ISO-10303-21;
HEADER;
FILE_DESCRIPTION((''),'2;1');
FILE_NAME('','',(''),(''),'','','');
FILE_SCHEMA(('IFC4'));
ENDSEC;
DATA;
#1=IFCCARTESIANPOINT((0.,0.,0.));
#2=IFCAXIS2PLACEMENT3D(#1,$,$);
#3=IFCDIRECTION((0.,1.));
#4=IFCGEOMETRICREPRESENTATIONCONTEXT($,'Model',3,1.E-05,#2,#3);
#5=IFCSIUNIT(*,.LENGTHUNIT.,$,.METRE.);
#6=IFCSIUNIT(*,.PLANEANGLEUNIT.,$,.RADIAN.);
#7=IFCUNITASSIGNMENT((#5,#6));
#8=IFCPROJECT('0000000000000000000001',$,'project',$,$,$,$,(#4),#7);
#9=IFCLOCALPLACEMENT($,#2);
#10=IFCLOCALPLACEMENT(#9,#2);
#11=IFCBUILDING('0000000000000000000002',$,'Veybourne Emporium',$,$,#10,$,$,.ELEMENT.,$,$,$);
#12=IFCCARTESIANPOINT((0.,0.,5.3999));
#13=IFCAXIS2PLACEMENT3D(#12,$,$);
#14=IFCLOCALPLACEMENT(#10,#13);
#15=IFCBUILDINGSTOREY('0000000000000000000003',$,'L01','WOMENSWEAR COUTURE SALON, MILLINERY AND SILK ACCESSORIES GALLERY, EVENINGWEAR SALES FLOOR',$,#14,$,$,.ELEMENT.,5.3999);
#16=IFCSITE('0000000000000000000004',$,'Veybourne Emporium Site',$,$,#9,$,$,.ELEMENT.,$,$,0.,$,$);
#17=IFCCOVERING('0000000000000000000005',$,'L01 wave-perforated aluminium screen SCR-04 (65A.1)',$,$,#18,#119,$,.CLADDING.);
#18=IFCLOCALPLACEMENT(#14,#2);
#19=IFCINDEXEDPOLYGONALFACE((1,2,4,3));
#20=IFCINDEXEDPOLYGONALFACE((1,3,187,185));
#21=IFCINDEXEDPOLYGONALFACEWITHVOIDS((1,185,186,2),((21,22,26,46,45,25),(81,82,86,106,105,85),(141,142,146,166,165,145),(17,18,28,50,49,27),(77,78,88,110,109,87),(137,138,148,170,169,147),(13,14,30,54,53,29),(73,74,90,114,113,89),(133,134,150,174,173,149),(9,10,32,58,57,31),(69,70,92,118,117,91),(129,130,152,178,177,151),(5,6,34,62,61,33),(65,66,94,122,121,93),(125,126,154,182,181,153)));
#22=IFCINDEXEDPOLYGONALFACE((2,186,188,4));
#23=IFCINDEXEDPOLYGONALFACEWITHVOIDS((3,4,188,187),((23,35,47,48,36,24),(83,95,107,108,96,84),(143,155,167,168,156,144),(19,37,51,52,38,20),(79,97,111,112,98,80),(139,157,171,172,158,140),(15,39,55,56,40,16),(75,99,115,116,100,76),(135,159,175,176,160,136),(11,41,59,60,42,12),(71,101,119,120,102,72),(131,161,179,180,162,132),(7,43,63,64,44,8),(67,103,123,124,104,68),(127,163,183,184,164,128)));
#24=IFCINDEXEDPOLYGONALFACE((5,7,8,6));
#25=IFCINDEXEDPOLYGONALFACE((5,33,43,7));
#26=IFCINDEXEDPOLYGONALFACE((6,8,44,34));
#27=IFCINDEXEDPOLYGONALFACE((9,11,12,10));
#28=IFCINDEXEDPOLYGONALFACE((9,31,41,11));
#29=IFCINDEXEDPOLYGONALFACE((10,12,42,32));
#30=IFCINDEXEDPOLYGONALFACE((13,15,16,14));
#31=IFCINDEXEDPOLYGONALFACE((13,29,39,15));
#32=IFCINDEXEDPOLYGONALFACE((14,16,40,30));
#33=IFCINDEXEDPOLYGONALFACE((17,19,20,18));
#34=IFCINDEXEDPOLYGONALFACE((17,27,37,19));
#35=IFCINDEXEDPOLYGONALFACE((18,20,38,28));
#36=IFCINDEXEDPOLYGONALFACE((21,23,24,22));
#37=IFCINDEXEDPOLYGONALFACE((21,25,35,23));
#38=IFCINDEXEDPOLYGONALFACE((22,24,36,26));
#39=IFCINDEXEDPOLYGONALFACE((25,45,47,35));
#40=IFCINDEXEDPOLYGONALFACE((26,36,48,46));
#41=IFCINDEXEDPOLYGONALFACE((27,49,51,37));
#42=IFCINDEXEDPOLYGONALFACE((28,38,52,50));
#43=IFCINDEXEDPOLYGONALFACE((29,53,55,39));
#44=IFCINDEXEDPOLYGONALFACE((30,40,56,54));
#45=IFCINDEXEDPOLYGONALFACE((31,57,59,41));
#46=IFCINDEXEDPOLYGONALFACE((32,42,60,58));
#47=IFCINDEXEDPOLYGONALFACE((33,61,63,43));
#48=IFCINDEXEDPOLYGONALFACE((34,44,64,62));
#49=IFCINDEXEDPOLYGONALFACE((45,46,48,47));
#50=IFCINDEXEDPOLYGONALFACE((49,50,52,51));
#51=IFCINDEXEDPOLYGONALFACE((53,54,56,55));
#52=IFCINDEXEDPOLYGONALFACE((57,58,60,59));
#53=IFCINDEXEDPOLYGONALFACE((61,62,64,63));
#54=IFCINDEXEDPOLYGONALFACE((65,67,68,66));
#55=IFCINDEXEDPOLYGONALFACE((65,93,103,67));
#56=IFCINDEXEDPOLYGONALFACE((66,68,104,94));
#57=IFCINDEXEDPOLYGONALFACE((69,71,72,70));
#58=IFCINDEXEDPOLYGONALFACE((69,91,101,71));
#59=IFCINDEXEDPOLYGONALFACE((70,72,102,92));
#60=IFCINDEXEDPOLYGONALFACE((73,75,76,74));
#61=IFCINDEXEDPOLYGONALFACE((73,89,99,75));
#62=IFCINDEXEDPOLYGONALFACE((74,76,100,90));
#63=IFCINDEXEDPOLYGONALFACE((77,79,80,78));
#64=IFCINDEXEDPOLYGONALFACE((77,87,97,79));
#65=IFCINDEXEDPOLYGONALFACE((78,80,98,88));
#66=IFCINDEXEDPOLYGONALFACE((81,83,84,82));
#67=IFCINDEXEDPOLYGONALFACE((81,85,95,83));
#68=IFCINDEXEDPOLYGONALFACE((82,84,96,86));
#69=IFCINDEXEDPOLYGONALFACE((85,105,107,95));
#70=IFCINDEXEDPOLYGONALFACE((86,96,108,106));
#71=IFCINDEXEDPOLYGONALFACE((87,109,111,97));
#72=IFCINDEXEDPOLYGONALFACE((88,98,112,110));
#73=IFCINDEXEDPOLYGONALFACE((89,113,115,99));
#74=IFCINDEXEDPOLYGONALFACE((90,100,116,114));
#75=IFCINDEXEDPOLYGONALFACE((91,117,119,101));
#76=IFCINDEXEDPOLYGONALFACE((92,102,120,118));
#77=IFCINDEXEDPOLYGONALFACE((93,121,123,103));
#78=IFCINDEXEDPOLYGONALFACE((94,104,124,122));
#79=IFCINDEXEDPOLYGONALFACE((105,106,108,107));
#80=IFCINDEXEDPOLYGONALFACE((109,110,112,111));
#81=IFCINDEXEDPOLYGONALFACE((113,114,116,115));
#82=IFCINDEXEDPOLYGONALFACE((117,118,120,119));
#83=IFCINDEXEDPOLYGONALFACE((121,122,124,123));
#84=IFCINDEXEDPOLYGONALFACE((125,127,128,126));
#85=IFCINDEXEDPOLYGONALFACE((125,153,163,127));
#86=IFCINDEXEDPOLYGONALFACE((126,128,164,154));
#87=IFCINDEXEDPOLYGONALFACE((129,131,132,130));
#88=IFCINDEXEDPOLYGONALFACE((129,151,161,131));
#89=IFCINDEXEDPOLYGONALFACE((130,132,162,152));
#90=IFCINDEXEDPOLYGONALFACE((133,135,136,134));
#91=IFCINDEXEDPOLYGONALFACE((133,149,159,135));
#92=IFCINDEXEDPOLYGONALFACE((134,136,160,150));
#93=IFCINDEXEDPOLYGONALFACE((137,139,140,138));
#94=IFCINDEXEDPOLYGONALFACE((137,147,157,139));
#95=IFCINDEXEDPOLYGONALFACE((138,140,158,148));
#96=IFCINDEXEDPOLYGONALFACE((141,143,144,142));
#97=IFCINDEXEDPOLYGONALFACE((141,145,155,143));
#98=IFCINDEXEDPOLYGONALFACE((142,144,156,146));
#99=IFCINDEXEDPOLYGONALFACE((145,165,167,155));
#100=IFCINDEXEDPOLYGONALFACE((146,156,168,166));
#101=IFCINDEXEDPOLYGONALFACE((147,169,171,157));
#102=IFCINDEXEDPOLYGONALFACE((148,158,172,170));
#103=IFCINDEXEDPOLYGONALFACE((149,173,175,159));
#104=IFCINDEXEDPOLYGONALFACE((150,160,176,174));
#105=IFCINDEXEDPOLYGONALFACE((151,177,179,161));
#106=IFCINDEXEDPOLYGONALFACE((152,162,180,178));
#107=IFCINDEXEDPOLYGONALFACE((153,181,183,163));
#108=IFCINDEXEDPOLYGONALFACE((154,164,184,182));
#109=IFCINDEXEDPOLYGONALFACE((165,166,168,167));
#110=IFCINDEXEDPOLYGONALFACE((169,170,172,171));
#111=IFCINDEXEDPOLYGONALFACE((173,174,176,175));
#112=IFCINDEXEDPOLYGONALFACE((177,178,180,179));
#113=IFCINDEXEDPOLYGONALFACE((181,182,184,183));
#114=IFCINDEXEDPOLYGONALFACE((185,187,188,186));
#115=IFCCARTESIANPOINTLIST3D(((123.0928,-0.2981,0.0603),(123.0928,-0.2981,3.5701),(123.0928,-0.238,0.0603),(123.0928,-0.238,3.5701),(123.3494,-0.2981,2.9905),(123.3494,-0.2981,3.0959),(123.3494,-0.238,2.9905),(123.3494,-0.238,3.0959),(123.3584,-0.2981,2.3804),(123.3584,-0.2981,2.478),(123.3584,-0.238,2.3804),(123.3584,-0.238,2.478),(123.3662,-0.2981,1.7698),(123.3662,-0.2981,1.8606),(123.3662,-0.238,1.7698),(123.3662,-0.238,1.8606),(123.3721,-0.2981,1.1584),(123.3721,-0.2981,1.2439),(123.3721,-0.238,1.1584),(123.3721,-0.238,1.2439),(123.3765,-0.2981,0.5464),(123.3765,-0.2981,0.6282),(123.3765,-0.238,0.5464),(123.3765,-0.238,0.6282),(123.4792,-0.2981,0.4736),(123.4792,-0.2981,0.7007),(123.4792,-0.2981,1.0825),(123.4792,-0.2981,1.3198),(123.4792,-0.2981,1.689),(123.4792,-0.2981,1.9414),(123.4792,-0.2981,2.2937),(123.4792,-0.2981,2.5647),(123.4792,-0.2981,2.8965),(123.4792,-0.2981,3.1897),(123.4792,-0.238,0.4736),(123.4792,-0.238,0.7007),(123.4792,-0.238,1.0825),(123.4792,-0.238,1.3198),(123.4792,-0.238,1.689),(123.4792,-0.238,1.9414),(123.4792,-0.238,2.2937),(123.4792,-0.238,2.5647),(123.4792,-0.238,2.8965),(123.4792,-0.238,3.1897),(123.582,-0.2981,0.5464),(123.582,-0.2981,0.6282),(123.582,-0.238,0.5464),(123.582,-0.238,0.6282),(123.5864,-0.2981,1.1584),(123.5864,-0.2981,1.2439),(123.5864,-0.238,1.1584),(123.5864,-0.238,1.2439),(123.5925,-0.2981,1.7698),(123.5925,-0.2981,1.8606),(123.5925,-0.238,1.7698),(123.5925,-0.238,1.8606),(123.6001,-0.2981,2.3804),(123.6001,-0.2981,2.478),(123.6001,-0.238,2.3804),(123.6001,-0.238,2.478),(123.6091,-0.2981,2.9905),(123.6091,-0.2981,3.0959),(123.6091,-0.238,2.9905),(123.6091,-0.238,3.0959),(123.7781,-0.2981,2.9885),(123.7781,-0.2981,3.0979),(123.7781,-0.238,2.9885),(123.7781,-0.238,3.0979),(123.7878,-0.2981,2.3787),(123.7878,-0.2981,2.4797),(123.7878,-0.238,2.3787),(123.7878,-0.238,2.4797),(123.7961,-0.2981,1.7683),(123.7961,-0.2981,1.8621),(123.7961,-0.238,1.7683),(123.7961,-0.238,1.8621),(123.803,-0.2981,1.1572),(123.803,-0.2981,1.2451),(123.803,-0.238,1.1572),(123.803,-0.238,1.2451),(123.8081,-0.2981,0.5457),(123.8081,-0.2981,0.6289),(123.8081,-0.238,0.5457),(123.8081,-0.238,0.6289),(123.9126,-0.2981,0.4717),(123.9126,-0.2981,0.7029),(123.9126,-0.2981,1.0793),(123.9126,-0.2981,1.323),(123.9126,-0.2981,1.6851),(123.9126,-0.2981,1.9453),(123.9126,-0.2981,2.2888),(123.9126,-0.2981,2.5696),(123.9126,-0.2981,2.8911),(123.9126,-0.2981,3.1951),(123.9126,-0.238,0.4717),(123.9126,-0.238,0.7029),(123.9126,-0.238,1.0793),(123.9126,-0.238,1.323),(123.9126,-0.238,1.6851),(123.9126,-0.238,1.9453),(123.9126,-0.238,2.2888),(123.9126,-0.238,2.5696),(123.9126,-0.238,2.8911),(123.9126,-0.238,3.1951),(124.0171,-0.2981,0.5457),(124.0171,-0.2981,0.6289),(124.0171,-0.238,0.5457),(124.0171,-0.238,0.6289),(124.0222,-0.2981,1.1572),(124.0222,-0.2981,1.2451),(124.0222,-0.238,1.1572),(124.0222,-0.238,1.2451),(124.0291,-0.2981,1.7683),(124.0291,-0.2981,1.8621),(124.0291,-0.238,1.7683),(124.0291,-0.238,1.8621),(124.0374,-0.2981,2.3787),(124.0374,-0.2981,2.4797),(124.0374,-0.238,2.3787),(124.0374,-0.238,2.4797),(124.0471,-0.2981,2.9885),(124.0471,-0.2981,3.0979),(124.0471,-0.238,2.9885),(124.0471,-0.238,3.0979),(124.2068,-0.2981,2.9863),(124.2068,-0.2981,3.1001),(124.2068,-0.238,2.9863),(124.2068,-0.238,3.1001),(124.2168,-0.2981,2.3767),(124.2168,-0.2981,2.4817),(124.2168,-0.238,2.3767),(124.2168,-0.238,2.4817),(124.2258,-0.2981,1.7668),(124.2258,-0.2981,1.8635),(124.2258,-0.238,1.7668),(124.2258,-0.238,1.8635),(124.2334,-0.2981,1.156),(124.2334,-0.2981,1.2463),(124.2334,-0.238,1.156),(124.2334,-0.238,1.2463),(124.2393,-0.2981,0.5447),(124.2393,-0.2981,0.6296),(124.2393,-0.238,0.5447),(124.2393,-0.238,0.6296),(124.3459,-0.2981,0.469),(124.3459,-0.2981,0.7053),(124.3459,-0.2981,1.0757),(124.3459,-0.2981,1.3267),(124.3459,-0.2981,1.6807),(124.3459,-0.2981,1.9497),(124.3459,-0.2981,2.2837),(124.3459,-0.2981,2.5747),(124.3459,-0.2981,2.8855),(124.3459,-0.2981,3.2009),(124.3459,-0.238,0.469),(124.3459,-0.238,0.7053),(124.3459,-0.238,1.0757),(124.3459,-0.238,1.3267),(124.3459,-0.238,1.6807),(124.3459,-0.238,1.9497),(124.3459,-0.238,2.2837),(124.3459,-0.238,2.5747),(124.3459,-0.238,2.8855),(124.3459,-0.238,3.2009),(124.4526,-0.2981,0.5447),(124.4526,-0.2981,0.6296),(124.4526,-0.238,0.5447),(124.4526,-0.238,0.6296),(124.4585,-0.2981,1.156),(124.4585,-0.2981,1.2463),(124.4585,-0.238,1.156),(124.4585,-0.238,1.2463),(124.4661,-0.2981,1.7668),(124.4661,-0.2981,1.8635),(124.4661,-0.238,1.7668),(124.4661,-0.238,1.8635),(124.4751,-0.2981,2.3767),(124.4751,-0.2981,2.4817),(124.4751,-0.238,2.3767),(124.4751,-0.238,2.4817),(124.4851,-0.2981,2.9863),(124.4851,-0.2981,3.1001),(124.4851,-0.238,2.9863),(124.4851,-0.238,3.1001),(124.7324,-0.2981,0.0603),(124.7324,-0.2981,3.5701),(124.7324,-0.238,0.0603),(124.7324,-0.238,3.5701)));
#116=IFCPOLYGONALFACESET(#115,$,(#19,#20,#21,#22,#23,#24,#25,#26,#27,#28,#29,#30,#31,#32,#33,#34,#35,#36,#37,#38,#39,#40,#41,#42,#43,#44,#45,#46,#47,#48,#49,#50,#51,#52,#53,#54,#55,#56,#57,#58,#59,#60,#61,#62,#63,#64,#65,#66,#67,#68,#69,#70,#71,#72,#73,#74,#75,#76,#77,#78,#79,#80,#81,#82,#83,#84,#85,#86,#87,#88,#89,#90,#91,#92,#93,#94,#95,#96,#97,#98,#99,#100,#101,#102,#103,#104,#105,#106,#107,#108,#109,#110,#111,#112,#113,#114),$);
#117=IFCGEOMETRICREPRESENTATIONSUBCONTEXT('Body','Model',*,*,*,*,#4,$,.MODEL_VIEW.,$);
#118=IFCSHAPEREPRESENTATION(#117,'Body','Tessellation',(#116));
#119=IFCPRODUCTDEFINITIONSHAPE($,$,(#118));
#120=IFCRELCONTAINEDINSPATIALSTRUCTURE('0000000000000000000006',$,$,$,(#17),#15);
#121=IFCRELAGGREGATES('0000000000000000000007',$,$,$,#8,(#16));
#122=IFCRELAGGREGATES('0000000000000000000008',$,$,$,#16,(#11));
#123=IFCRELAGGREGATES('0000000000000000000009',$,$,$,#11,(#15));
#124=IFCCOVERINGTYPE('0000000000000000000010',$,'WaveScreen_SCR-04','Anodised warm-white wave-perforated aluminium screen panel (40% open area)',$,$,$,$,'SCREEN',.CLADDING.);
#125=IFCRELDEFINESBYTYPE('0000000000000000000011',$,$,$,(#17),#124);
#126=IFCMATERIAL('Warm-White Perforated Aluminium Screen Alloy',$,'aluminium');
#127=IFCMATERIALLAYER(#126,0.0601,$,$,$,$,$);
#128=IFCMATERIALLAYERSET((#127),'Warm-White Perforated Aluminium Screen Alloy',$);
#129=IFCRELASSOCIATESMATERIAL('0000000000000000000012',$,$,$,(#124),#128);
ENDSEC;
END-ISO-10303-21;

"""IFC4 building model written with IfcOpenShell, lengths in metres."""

from ifc_helpers import new_model, si_unit, direction, frame, origin, place, context, subcontext, project, spatial, polyline, outline, extrude, material, layer, layer_set, type_object, element, save


model = new_model("IFC4")

# Units and contexts
model_context = context("Model", 3, precision=1e-05, world=origin(), true_north=direction((0.0, 1.0)))
body_context = subcontext(model_context, "Body", "Model", "MODEL_VIEW")
ifc_project = project(units=[si_unit("LENGTHUNIT", "METRE"), si_unit("PLANEANGLEUNIT", "RADIAN")], contexts=[model_context])

# Site, building, storey
site_placement = place(None, origin())
site = spatial("IfcSite", under=ifc_project, at=site_placement, Name="Veybourne Emporium Site", CompositionType="ELEMENT", RefElevation=0.0)
building_placement = place(site_placement, origin())
building = spatial("IfcBuilding", under=site, at=building_placement, Name="Veybourne Emporium", CompositionType="ELEMENT")
storey_placement = place(building_placement, frame((0.0, 0.0, 5.3999)))
storey = spatial("IfcBuildingStorey", under=building, at=storey_placement, Name="L01", Description="WOMENSWEAR COUTURE SALON, MILLINERY AND SILK ACCESSORIES GALLERY, EVENINGWEAR SALES FLOOR", CompositionType="ELEMENT", Elevation=5.3999)

# Covering
ifc_material_1 = material(Name="Warm-White Perforated Aluminium Screen Alloy", Category="aluminium")
ifc_layer_1 = layer(ifc_material_1, 0.0601)
ifc_layer_set_1 = layer_set([ifc_layer_1], Name="Warm-White Perforated Aluminium Screen Alloy")
covering_type = type_object("IfcCoveringType", Name="WaveScreen_SCR-04", Description="Anodised warm-white wave-perforated aluminium screen panel (40% open area)", ElementType="SCREEN", PredefinedType="CLADDING", material=ifc_layer_set_1)
covering_1_placement = place(storey_placement, frame((123.9126, -0.2981, 1.8152), z_axis=(0.0, 1.0, 0.0), x_axis=(-1.0, 0.0, 0.0)))
element("IfcCovering", 1, at=covering_1_placement, inside=storey, type_object=covering_type, Name="L01 wave-perforated aluminium screen SCR-04 (65A.1)", PredefinedType="CLADDING", context=body_context, shape_type="SweptSolid", body=[
    extrude(outline(polyline([(-0.8198, -1.7549), (0.8198, -1.7549), (0.8198, 1.7549), (-0.8198, 1.7549), (-0.8198, -1.7549)]), holes=[polyline([(-0.4333, -1.1099), (-0.3267, -1.1855), (-0.3267, -1.2705), (-0.4333, -1.3462), (-0.54, -1.2705), (-0.54, -1.1855), (-0.4333, -1.1099)]), polyline([(-0.4333, -0.4885), (-0.3208, -0.5688), (-0.3208, -0.6592), (-0.4333, -0.7395), (-0.5459, -0.6592), (-0.5459, -0.5688), (-0.4333, -0.4885)]), polyline([(-0.4333, 0.1345), (-0.3132, 0.0483), (-0.3132, -0.0483), (-0.4333, -0.1345), (-0.5535, -0.0483), (-0.5535, 0.0483), (-0.4333, 0.1345)]), polyline([(-0.4333, 0.7595), (-0.3042, 0.6665), (-0.3042, 0.5615), (-0.4333, 0.4685), (-0.5625, 0.5615), (-0.5625, 0.6665), (-0.4333, 0.7595)]), polyline([(-0.4333, 1.3857), (-0.2942, 1.2849), (-0.2942, 1.1711), (-0.4333, 1.0703), (-0.5725, 1.1711), (-0.5725, 1.2849), (-0.4333, 1.3857)]), polyline([(0.0, -1.1123), (0.1045, -1.1863), (0.1045, -1.2695), (0.0, -1.3435), (-0.1045, -1.2695), (-0.1045, -1.1863), (0.0, -1.1123)]), polyline([(0.0, -0.4922), (0.1096, -0.5701), (0.1096, -0.658), (0.0, -0.7358), (-0.1096, -0.658), (-0.1096, -0.5701), (0.0, -0.4922)]), polyline([(0.0, 0.1301), (0.1165, 0.0469), (0.1165, -0.0469), (0.0, -0.1301), (-0.1165, -0.0469), (-0.1165, 0.0469), (0.0, 0.1301)]), polyline([(0.0, 0.7544), (0.1248, 0.6646), (0.1248, 0.5635), (0.0, 0.4736), (-0.1248, 0.5635), (-0.1248, 0.6646), (0.0, 0.7544)]), polyline([(0.0, 1.3799), (0.1345, 1.2827), (0.1345, 1.1733), (0.0, 1.0759), (-0.1345, 1.1733), (-0.1345, 1.2827), (0.0, 1.3799)]), polyline([(0.4333, -1.1145), (0.5361, -1.187), (0.5361, -1.2688), (0.4333, -1.3416), (0.3306, -1.2688), (0.3306, -1.187), (0.4333, -1.1145)]), polyline([(0.4333, -0.4954), (0.5405, -0.5713), (0.5405, -0.6567), (0.4333, -0.7327), (0.3262, -0.6567), (0.3262, -0.5713), (0.4333, -0.4954)]), polyline([(0.4333, 0.1262), (0.5464, 0.0454), (0.5464, -0.0454), (0.4333, -0.1262), (0.3201, -0.0454), (0.3201, 0.0454), (0.4333, 0.1262)]), polyline([(0.4333, 0.7495), (0.5542, 0.6628), (0.5542, 0.5652), (0.4333, 0.4785), (0.3125, 0.5652), (0.3125, 0.6628), (0.4333, 0.7495)]), polyline([(0.4333, 1.3745), (0.5632, 1.2808), (0.5632, 1.1753), (0.4333, 1.0813), (0.3035, 1.1753), (0.3035, 1.2808), (0.4333, 1.3745)])]), origin(), (0.0, 0.0, 1.0), 0.0601),
])

save(model, "model.ifc")
